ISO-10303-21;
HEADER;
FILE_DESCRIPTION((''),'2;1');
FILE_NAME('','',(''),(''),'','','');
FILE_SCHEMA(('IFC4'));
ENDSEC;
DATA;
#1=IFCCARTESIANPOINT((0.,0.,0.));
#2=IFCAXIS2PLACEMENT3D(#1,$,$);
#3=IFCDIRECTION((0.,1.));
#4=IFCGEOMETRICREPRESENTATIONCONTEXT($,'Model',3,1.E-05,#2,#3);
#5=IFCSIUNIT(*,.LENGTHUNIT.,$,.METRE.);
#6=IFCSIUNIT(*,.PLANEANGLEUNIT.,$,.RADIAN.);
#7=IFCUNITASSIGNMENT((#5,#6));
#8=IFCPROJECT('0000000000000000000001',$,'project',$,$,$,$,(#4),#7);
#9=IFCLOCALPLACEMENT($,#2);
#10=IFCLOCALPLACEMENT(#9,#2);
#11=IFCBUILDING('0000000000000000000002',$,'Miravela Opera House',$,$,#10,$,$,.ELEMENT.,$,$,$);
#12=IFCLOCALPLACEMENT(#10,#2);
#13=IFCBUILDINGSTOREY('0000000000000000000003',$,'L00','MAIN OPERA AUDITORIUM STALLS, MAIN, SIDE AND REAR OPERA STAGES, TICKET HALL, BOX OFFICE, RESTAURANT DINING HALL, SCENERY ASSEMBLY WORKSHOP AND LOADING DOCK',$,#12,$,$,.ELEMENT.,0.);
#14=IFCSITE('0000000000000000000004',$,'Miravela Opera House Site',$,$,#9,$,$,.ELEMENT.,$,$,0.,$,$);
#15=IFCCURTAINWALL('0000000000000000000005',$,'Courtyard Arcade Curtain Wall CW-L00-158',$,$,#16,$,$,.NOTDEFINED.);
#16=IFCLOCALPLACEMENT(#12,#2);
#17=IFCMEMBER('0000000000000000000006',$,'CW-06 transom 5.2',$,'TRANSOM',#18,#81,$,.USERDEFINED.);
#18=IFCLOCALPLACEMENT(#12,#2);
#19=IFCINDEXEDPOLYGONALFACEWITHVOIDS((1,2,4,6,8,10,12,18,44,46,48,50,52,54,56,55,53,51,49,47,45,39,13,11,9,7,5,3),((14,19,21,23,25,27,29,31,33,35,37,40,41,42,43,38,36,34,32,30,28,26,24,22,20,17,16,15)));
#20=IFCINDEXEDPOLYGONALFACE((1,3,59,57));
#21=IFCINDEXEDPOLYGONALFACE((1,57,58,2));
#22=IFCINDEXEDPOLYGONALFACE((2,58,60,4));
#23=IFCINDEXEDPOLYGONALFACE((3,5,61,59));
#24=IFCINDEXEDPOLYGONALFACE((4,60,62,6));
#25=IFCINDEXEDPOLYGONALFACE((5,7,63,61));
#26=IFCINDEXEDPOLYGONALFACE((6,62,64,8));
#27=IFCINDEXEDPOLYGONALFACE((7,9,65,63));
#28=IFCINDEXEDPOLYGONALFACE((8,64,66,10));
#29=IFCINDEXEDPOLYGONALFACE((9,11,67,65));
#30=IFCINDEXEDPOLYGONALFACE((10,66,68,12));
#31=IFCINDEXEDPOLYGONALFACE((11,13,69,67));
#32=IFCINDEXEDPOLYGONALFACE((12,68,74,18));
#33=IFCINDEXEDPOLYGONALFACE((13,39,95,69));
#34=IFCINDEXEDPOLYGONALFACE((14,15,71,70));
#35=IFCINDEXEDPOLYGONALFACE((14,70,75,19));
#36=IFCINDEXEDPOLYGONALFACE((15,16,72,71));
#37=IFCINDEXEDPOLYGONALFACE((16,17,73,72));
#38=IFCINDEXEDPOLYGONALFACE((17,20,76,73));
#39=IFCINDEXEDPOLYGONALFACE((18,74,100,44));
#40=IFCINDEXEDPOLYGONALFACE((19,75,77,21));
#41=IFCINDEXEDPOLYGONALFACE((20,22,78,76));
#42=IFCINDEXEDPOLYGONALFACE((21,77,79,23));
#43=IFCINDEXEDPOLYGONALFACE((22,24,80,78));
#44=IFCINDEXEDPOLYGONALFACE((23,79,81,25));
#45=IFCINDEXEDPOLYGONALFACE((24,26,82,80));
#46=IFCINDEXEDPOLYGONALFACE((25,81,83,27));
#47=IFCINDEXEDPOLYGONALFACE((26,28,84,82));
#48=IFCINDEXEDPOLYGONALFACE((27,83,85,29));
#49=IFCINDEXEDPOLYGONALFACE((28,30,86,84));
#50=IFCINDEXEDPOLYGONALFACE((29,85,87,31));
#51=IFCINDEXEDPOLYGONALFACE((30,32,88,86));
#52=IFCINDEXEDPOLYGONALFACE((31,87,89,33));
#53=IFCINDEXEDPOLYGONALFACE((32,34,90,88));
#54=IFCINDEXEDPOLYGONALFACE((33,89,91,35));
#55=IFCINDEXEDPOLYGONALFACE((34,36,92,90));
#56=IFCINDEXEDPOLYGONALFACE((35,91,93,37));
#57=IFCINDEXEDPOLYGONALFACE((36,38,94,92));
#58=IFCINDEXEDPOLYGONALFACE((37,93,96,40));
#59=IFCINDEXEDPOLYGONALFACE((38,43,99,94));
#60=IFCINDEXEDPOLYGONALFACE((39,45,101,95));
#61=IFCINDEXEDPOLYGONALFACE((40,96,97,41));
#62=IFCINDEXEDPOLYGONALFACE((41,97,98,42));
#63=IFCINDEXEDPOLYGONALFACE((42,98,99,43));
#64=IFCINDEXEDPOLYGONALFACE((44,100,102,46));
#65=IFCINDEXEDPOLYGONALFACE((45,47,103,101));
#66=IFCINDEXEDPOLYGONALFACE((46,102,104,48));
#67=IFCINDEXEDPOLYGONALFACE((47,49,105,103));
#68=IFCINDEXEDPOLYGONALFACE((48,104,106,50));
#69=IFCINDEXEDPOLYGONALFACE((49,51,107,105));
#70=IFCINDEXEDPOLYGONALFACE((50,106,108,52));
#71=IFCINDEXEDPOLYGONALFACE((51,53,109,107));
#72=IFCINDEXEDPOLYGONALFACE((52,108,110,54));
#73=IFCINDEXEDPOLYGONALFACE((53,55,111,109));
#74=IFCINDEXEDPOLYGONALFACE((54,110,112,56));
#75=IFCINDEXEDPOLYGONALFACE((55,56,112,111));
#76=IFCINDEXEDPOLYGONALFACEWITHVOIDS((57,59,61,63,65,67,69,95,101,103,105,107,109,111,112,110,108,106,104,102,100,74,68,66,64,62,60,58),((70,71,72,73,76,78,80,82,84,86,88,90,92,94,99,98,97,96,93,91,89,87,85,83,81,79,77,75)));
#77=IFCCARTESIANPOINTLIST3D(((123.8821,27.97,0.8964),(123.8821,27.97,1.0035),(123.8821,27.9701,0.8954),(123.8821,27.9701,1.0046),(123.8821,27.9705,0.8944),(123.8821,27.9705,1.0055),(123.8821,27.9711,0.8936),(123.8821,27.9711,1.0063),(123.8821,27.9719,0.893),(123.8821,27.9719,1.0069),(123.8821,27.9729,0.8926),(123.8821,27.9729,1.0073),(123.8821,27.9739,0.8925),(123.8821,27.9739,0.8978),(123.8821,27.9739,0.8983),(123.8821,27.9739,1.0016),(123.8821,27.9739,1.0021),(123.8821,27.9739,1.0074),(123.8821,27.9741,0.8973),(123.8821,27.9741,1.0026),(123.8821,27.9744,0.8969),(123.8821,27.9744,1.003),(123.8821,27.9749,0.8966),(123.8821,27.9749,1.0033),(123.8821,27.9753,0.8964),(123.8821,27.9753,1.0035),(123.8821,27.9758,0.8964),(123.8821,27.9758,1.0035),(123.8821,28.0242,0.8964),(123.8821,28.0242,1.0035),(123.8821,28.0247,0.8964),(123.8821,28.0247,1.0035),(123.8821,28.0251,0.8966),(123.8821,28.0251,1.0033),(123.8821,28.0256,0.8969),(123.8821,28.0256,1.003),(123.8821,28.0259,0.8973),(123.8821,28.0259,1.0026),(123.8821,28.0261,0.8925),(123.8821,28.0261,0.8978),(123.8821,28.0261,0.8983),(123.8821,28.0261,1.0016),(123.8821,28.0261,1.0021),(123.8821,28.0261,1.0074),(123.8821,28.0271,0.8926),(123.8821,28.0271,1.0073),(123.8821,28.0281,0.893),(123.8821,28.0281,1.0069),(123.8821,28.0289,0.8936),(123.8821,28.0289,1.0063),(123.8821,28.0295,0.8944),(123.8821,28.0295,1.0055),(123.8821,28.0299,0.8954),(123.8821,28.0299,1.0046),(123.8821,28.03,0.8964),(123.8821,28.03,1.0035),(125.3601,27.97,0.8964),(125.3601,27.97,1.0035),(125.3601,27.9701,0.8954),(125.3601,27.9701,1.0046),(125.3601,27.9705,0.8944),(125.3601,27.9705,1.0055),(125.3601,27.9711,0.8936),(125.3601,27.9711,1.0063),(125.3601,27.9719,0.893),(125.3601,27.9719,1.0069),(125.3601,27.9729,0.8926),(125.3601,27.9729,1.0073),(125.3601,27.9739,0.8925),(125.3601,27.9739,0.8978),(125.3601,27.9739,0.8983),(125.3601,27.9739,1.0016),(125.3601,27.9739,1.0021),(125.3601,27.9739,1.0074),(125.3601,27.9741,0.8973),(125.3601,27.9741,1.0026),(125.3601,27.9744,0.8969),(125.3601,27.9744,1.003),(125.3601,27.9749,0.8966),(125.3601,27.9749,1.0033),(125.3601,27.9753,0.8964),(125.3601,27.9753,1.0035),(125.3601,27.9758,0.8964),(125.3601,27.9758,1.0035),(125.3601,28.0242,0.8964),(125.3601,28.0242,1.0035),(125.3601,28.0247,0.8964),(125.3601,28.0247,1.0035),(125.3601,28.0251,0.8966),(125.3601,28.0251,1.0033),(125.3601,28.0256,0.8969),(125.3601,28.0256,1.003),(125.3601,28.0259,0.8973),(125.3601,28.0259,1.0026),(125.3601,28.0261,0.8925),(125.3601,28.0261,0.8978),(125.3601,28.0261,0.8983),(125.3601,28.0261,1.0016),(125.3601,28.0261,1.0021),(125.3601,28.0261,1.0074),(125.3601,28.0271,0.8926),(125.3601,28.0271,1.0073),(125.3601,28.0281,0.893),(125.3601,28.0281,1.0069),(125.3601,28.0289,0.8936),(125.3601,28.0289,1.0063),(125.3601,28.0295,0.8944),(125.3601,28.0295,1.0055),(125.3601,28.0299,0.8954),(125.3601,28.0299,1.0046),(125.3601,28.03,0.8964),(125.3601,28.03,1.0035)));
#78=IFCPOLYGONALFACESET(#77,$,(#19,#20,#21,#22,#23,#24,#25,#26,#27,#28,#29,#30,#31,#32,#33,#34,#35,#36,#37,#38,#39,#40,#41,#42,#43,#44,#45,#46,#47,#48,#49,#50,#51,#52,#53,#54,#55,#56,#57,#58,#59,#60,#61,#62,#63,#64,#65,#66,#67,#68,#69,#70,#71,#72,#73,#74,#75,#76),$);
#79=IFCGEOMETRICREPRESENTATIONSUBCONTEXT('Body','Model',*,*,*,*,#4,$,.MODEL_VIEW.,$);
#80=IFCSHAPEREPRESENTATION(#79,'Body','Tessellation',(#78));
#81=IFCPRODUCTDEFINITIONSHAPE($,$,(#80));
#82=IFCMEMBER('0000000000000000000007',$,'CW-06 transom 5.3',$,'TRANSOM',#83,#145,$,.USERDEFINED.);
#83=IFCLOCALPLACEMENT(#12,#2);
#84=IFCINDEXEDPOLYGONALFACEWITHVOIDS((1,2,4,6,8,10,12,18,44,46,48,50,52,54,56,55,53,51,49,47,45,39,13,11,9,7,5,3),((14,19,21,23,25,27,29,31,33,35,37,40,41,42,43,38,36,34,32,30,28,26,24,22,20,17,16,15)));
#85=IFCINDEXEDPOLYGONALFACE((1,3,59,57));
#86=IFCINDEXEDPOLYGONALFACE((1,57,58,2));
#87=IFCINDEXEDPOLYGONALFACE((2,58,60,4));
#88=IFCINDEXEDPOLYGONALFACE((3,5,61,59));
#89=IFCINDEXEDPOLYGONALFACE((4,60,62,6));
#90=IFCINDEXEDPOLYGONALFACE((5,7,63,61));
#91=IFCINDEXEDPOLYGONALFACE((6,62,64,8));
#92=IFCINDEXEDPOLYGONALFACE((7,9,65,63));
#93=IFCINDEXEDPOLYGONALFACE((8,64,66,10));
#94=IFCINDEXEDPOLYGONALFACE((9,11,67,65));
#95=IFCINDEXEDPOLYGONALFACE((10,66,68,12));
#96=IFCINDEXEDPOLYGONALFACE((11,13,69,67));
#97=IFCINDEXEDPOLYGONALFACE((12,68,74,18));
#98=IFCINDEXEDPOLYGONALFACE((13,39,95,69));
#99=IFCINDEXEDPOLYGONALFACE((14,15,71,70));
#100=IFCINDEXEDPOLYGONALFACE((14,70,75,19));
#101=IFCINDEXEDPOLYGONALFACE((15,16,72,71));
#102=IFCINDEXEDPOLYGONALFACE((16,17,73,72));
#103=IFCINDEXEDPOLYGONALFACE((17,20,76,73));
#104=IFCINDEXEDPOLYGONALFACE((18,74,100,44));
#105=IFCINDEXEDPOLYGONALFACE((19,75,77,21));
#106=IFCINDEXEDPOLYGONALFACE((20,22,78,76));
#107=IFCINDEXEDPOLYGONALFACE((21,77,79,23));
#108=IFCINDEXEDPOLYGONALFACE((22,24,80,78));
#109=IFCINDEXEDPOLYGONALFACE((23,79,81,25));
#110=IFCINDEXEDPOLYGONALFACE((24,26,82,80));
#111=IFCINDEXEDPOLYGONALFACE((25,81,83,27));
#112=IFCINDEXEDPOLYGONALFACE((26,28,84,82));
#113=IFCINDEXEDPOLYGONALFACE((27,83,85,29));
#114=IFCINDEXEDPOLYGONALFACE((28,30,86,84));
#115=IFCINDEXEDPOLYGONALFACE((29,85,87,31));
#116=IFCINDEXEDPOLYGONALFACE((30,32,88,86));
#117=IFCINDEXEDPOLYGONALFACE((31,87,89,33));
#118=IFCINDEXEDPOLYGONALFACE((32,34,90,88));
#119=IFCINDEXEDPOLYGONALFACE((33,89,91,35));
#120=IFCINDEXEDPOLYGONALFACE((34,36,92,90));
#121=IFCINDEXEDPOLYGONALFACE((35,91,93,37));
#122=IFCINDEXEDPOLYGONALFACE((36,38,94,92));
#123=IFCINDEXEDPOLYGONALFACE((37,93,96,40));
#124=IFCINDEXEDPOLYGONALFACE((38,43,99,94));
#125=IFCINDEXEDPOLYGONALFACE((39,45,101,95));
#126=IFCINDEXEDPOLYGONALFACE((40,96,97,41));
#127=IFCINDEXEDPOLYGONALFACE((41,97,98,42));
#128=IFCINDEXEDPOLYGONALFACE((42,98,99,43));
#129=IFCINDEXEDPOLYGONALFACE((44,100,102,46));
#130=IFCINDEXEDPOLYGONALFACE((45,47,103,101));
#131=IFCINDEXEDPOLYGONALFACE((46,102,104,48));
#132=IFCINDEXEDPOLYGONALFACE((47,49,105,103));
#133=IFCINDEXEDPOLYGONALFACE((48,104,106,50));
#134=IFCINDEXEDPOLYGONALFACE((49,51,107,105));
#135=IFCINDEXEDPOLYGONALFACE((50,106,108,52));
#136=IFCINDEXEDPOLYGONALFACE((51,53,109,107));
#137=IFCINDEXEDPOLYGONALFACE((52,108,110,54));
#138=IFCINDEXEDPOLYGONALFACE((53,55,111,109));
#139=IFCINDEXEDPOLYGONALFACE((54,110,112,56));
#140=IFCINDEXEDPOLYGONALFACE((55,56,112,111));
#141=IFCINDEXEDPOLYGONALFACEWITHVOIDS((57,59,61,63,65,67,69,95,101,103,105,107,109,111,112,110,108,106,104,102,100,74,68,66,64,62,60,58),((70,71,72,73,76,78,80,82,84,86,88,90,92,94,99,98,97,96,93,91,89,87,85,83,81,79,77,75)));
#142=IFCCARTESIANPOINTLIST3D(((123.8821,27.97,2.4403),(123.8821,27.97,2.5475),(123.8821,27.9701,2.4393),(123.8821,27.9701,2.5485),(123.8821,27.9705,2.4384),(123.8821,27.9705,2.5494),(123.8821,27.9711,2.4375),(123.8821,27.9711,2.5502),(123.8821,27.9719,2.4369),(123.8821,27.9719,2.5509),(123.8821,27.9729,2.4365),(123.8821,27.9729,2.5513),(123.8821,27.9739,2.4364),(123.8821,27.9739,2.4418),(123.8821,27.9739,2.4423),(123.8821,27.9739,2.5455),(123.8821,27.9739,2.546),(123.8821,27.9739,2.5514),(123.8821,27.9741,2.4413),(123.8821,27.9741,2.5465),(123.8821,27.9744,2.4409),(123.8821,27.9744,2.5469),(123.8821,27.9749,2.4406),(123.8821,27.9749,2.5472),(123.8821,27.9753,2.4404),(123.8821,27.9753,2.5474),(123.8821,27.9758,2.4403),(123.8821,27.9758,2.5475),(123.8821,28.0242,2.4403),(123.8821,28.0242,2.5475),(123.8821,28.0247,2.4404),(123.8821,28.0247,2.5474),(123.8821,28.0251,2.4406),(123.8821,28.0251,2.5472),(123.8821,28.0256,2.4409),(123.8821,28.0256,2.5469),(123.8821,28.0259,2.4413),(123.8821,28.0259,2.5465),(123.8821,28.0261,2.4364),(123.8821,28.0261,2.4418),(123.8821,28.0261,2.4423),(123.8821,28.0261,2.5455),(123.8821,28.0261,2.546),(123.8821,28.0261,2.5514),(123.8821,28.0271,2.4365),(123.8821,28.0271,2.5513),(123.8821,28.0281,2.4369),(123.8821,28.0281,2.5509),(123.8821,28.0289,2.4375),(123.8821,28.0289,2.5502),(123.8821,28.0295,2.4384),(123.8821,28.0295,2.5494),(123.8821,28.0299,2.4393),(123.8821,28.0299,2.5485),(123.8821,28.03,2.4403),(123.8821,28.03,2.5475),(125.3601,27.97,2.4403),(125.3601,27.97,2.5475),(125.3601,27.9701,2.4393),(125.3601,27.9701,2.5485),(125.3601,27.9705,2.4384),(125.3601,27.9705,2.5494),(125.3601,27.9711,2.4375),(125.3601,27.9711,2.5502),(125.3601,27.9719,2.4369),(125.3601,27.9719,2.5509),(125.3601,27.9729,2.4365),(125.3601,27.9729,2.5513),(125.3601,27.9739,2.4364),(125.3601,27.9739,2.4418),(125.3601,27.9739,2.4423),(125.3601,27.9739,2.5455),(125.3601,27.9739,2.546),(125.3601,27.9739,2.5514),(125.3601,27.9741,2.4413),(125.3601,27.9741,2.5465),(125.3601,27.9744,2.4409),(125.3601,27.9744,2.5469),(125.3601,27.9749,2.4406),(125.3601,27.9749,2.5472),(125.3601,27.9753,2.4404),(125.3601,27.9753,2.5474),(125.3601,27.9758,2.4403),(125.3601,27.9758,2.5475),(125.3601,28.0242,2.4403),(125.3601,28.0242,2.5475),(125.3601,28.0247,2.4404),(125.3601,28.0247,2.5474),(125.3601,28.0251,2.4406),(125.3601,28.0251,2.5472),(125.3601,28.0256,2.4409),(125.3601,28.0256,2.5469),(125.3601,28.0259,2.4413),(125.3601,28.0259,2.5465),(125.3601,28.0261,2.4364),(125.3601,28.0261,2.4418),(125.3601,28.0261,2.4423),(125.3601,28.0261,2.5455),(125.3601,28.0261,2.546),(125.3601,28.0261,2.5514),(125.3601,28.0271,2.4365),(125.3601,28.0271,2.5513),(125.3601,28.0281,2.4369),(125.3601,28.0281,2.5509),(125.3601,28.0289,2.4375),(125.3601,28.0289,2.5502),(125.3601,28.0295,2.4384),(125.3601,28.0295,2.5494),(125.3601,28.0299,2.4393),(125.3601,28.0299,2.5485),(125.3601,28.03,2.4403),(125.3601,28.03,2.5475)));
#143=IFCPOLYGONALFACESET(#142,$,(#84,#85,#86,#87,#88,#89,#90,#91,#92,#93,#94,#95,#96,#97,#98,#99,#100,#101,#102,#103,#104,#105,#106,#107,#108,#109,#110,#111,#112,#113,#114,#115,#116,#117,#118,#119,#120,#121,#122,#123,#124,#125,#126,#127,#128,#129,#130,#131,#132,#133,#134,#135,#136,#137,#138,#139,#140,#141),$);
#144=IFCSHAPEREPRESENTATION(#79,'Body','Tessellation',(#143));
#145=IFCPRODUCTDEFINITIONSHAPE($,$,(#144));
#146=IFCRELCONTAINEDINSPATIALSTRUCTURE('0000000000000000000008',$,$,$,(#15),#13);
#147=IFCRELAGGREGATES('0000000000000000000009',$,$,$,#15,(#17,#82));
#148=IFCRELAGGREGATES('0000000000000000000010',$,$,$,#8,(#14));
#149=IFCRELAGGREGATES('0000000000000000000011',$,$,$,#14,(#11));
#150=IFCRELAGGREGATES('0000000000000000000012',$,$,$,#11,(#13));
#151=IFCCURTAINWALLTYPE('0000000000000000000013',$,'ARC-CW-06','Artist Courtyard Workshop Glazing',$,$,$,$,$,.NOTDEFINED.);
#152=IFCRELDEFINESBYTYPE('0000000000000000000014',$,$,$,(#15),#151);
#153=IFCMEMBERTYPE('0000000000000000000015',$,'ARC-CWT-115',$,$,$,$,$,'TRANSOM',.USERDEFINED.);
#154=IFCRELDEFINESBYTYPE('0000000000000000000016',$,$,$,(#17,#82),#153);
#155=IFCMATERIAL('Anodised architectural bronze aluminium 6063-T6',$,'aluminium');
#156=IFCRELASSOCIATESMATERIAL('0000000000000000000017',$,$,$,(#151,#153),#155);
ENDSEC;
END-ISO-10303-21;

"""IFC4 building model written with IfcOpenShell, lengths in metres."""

from ifc_helpers import new_model, si_unit, direction, frame, origin, origin_2d, place, context, subcontext, project, spatial, hollow_rectangle, extrude, material, material_profile, profile_set, type_object, element, aggregate, save


model = new_model("IFC4")

# Units and contexts
model_context = context("Model", 3, precision=1e-05, world=origin(), true_north=direction((0.0, 1.0)))
body_context = subcontext(model_context, "Body", "Model", "MODEL_VIEW")
ifc_project = project(units=[si_unit("LENGTHUNIT", "METRE"), si_unit("PLANEANGLEUNIT", "RADIAN")], contexts=[model_context])

# Site, building, storey
site_placement = place(None, origin())
site = spatial("IfcSite", under=ifc_project, at=site_placement, Name="Miravela Opera House Site", CompositionType="ELEMENT", RefElevation=0.0)
building_placement = place(site_placement, origin())
building = spatial("IfcBuilding", under=site, at=building_placement, Name="Miravela Opera House", CompositionType="ELEMENT")
storey_placement = place(building_placement, origin())
storey = spatial("IfcBuildingStorey", under=building, at=storey_placement, Name="L00", Description="MAIN OPERA AUDITORIUM STALLS, MAIN, SIDE AND REAR OPERA STAGES, TICKET HALL, BOX OFFICE, RESTAURANT DINING HALL, SCENERY ASSEMBLY WORKSHOP AND LOADING DOCK", CompositionType="ELEMENT", Elevation=0.0)

# Curtain wall, members
ifc_material_1 = material(Name="Anodised architectural bronze aluminium 6063-T6", Category="aluminium")
curtain_wall_type = type_object("IfcCurtainWallType", Name="ARC-CW-06", Description="Artist Courtyard Workshop Glazing", PredefinedType="NOTDEFINED", material=ifc_material_1)
curtain_wall_placement = place(storey_placement, origin())
curtain_wall = element("IfcCurtainWall", 1, at=curtain_wall_placement, inside=storey, type_object=curtain_wall_type, Name="Courtyard Arcade Curtain Wall CW-L00-158", PredefinedType="NOTDEFINED")
ifc_material_profile_1 = material_profile(ifc_material_1, hollow_rectangle(XDim=0.0601, YDim=0.115, WallThickness=0.0039, InnerFilletRadius=0.002, OuterFilletRadius=0.0039, at=origin_2d()), Name="CWT-60X115")
ifc_profile_set_1 = profile_set([ifc_material_profile_1])
member_type_1 = type_object("IfcMemberType", Name="ARC-CWT-115", ElementType="TRANSOM", PredefinedType="USERDEFINED", material=ifc_profile_set_1)
member_1_placement = place(storey_placement, frame((123.8821, 28.0, 0.95), z_axis=(1.0, 0.0, 0.0), x_axis=(0.0, 1.0, 0.0)))
member_1 = element("IfcMember", 2, at=member_1_placement, type_object=member_type_1, Name="CW-06 transom 5.2", ObjectType="TRANSOM", PredefinedType="USERDEFINED", context=body_context, shape_type="SweptSolid", body=[
    extrude(hollow_rectangle(XDim=0.0601, YDim=0.115, WallThickness=0.0039, InnerFilletRadius=0.002, OuterFilletRadius=0.0039, at=origin_2d()), origin(), (0.0, 0.0, 1.0), 1.478),
])
member_2_placement = place(storey_placement, frame((123.8821, 28.0, 2.4939), z_axis=(1.0, 0.0, 0.0), x_axis=(0.0, 1.0, 0.0)))
member_2 = element("IfcMember", 3, at=member_2_placement, type_object=member_type_1, Name="CW-06 transom 5.3", ObjectType="TRANSOM", PredefinedType="USERDEFINED", context=body_context, shape_type="SweptSolid", body=[
    extrude(hollow_rectangle(XDim=0.0601, YDim=0.115, WallThickness=0.0039, InnerFilletRadius=0.002, OuterFilletRadius=0.0039, at=origin_2d()), origin(), (0.0, 0.0, 1.0), 1.478),
])
aggregate(curtain_wall, [member_1, member_2])

save(model, "model.ifc")
